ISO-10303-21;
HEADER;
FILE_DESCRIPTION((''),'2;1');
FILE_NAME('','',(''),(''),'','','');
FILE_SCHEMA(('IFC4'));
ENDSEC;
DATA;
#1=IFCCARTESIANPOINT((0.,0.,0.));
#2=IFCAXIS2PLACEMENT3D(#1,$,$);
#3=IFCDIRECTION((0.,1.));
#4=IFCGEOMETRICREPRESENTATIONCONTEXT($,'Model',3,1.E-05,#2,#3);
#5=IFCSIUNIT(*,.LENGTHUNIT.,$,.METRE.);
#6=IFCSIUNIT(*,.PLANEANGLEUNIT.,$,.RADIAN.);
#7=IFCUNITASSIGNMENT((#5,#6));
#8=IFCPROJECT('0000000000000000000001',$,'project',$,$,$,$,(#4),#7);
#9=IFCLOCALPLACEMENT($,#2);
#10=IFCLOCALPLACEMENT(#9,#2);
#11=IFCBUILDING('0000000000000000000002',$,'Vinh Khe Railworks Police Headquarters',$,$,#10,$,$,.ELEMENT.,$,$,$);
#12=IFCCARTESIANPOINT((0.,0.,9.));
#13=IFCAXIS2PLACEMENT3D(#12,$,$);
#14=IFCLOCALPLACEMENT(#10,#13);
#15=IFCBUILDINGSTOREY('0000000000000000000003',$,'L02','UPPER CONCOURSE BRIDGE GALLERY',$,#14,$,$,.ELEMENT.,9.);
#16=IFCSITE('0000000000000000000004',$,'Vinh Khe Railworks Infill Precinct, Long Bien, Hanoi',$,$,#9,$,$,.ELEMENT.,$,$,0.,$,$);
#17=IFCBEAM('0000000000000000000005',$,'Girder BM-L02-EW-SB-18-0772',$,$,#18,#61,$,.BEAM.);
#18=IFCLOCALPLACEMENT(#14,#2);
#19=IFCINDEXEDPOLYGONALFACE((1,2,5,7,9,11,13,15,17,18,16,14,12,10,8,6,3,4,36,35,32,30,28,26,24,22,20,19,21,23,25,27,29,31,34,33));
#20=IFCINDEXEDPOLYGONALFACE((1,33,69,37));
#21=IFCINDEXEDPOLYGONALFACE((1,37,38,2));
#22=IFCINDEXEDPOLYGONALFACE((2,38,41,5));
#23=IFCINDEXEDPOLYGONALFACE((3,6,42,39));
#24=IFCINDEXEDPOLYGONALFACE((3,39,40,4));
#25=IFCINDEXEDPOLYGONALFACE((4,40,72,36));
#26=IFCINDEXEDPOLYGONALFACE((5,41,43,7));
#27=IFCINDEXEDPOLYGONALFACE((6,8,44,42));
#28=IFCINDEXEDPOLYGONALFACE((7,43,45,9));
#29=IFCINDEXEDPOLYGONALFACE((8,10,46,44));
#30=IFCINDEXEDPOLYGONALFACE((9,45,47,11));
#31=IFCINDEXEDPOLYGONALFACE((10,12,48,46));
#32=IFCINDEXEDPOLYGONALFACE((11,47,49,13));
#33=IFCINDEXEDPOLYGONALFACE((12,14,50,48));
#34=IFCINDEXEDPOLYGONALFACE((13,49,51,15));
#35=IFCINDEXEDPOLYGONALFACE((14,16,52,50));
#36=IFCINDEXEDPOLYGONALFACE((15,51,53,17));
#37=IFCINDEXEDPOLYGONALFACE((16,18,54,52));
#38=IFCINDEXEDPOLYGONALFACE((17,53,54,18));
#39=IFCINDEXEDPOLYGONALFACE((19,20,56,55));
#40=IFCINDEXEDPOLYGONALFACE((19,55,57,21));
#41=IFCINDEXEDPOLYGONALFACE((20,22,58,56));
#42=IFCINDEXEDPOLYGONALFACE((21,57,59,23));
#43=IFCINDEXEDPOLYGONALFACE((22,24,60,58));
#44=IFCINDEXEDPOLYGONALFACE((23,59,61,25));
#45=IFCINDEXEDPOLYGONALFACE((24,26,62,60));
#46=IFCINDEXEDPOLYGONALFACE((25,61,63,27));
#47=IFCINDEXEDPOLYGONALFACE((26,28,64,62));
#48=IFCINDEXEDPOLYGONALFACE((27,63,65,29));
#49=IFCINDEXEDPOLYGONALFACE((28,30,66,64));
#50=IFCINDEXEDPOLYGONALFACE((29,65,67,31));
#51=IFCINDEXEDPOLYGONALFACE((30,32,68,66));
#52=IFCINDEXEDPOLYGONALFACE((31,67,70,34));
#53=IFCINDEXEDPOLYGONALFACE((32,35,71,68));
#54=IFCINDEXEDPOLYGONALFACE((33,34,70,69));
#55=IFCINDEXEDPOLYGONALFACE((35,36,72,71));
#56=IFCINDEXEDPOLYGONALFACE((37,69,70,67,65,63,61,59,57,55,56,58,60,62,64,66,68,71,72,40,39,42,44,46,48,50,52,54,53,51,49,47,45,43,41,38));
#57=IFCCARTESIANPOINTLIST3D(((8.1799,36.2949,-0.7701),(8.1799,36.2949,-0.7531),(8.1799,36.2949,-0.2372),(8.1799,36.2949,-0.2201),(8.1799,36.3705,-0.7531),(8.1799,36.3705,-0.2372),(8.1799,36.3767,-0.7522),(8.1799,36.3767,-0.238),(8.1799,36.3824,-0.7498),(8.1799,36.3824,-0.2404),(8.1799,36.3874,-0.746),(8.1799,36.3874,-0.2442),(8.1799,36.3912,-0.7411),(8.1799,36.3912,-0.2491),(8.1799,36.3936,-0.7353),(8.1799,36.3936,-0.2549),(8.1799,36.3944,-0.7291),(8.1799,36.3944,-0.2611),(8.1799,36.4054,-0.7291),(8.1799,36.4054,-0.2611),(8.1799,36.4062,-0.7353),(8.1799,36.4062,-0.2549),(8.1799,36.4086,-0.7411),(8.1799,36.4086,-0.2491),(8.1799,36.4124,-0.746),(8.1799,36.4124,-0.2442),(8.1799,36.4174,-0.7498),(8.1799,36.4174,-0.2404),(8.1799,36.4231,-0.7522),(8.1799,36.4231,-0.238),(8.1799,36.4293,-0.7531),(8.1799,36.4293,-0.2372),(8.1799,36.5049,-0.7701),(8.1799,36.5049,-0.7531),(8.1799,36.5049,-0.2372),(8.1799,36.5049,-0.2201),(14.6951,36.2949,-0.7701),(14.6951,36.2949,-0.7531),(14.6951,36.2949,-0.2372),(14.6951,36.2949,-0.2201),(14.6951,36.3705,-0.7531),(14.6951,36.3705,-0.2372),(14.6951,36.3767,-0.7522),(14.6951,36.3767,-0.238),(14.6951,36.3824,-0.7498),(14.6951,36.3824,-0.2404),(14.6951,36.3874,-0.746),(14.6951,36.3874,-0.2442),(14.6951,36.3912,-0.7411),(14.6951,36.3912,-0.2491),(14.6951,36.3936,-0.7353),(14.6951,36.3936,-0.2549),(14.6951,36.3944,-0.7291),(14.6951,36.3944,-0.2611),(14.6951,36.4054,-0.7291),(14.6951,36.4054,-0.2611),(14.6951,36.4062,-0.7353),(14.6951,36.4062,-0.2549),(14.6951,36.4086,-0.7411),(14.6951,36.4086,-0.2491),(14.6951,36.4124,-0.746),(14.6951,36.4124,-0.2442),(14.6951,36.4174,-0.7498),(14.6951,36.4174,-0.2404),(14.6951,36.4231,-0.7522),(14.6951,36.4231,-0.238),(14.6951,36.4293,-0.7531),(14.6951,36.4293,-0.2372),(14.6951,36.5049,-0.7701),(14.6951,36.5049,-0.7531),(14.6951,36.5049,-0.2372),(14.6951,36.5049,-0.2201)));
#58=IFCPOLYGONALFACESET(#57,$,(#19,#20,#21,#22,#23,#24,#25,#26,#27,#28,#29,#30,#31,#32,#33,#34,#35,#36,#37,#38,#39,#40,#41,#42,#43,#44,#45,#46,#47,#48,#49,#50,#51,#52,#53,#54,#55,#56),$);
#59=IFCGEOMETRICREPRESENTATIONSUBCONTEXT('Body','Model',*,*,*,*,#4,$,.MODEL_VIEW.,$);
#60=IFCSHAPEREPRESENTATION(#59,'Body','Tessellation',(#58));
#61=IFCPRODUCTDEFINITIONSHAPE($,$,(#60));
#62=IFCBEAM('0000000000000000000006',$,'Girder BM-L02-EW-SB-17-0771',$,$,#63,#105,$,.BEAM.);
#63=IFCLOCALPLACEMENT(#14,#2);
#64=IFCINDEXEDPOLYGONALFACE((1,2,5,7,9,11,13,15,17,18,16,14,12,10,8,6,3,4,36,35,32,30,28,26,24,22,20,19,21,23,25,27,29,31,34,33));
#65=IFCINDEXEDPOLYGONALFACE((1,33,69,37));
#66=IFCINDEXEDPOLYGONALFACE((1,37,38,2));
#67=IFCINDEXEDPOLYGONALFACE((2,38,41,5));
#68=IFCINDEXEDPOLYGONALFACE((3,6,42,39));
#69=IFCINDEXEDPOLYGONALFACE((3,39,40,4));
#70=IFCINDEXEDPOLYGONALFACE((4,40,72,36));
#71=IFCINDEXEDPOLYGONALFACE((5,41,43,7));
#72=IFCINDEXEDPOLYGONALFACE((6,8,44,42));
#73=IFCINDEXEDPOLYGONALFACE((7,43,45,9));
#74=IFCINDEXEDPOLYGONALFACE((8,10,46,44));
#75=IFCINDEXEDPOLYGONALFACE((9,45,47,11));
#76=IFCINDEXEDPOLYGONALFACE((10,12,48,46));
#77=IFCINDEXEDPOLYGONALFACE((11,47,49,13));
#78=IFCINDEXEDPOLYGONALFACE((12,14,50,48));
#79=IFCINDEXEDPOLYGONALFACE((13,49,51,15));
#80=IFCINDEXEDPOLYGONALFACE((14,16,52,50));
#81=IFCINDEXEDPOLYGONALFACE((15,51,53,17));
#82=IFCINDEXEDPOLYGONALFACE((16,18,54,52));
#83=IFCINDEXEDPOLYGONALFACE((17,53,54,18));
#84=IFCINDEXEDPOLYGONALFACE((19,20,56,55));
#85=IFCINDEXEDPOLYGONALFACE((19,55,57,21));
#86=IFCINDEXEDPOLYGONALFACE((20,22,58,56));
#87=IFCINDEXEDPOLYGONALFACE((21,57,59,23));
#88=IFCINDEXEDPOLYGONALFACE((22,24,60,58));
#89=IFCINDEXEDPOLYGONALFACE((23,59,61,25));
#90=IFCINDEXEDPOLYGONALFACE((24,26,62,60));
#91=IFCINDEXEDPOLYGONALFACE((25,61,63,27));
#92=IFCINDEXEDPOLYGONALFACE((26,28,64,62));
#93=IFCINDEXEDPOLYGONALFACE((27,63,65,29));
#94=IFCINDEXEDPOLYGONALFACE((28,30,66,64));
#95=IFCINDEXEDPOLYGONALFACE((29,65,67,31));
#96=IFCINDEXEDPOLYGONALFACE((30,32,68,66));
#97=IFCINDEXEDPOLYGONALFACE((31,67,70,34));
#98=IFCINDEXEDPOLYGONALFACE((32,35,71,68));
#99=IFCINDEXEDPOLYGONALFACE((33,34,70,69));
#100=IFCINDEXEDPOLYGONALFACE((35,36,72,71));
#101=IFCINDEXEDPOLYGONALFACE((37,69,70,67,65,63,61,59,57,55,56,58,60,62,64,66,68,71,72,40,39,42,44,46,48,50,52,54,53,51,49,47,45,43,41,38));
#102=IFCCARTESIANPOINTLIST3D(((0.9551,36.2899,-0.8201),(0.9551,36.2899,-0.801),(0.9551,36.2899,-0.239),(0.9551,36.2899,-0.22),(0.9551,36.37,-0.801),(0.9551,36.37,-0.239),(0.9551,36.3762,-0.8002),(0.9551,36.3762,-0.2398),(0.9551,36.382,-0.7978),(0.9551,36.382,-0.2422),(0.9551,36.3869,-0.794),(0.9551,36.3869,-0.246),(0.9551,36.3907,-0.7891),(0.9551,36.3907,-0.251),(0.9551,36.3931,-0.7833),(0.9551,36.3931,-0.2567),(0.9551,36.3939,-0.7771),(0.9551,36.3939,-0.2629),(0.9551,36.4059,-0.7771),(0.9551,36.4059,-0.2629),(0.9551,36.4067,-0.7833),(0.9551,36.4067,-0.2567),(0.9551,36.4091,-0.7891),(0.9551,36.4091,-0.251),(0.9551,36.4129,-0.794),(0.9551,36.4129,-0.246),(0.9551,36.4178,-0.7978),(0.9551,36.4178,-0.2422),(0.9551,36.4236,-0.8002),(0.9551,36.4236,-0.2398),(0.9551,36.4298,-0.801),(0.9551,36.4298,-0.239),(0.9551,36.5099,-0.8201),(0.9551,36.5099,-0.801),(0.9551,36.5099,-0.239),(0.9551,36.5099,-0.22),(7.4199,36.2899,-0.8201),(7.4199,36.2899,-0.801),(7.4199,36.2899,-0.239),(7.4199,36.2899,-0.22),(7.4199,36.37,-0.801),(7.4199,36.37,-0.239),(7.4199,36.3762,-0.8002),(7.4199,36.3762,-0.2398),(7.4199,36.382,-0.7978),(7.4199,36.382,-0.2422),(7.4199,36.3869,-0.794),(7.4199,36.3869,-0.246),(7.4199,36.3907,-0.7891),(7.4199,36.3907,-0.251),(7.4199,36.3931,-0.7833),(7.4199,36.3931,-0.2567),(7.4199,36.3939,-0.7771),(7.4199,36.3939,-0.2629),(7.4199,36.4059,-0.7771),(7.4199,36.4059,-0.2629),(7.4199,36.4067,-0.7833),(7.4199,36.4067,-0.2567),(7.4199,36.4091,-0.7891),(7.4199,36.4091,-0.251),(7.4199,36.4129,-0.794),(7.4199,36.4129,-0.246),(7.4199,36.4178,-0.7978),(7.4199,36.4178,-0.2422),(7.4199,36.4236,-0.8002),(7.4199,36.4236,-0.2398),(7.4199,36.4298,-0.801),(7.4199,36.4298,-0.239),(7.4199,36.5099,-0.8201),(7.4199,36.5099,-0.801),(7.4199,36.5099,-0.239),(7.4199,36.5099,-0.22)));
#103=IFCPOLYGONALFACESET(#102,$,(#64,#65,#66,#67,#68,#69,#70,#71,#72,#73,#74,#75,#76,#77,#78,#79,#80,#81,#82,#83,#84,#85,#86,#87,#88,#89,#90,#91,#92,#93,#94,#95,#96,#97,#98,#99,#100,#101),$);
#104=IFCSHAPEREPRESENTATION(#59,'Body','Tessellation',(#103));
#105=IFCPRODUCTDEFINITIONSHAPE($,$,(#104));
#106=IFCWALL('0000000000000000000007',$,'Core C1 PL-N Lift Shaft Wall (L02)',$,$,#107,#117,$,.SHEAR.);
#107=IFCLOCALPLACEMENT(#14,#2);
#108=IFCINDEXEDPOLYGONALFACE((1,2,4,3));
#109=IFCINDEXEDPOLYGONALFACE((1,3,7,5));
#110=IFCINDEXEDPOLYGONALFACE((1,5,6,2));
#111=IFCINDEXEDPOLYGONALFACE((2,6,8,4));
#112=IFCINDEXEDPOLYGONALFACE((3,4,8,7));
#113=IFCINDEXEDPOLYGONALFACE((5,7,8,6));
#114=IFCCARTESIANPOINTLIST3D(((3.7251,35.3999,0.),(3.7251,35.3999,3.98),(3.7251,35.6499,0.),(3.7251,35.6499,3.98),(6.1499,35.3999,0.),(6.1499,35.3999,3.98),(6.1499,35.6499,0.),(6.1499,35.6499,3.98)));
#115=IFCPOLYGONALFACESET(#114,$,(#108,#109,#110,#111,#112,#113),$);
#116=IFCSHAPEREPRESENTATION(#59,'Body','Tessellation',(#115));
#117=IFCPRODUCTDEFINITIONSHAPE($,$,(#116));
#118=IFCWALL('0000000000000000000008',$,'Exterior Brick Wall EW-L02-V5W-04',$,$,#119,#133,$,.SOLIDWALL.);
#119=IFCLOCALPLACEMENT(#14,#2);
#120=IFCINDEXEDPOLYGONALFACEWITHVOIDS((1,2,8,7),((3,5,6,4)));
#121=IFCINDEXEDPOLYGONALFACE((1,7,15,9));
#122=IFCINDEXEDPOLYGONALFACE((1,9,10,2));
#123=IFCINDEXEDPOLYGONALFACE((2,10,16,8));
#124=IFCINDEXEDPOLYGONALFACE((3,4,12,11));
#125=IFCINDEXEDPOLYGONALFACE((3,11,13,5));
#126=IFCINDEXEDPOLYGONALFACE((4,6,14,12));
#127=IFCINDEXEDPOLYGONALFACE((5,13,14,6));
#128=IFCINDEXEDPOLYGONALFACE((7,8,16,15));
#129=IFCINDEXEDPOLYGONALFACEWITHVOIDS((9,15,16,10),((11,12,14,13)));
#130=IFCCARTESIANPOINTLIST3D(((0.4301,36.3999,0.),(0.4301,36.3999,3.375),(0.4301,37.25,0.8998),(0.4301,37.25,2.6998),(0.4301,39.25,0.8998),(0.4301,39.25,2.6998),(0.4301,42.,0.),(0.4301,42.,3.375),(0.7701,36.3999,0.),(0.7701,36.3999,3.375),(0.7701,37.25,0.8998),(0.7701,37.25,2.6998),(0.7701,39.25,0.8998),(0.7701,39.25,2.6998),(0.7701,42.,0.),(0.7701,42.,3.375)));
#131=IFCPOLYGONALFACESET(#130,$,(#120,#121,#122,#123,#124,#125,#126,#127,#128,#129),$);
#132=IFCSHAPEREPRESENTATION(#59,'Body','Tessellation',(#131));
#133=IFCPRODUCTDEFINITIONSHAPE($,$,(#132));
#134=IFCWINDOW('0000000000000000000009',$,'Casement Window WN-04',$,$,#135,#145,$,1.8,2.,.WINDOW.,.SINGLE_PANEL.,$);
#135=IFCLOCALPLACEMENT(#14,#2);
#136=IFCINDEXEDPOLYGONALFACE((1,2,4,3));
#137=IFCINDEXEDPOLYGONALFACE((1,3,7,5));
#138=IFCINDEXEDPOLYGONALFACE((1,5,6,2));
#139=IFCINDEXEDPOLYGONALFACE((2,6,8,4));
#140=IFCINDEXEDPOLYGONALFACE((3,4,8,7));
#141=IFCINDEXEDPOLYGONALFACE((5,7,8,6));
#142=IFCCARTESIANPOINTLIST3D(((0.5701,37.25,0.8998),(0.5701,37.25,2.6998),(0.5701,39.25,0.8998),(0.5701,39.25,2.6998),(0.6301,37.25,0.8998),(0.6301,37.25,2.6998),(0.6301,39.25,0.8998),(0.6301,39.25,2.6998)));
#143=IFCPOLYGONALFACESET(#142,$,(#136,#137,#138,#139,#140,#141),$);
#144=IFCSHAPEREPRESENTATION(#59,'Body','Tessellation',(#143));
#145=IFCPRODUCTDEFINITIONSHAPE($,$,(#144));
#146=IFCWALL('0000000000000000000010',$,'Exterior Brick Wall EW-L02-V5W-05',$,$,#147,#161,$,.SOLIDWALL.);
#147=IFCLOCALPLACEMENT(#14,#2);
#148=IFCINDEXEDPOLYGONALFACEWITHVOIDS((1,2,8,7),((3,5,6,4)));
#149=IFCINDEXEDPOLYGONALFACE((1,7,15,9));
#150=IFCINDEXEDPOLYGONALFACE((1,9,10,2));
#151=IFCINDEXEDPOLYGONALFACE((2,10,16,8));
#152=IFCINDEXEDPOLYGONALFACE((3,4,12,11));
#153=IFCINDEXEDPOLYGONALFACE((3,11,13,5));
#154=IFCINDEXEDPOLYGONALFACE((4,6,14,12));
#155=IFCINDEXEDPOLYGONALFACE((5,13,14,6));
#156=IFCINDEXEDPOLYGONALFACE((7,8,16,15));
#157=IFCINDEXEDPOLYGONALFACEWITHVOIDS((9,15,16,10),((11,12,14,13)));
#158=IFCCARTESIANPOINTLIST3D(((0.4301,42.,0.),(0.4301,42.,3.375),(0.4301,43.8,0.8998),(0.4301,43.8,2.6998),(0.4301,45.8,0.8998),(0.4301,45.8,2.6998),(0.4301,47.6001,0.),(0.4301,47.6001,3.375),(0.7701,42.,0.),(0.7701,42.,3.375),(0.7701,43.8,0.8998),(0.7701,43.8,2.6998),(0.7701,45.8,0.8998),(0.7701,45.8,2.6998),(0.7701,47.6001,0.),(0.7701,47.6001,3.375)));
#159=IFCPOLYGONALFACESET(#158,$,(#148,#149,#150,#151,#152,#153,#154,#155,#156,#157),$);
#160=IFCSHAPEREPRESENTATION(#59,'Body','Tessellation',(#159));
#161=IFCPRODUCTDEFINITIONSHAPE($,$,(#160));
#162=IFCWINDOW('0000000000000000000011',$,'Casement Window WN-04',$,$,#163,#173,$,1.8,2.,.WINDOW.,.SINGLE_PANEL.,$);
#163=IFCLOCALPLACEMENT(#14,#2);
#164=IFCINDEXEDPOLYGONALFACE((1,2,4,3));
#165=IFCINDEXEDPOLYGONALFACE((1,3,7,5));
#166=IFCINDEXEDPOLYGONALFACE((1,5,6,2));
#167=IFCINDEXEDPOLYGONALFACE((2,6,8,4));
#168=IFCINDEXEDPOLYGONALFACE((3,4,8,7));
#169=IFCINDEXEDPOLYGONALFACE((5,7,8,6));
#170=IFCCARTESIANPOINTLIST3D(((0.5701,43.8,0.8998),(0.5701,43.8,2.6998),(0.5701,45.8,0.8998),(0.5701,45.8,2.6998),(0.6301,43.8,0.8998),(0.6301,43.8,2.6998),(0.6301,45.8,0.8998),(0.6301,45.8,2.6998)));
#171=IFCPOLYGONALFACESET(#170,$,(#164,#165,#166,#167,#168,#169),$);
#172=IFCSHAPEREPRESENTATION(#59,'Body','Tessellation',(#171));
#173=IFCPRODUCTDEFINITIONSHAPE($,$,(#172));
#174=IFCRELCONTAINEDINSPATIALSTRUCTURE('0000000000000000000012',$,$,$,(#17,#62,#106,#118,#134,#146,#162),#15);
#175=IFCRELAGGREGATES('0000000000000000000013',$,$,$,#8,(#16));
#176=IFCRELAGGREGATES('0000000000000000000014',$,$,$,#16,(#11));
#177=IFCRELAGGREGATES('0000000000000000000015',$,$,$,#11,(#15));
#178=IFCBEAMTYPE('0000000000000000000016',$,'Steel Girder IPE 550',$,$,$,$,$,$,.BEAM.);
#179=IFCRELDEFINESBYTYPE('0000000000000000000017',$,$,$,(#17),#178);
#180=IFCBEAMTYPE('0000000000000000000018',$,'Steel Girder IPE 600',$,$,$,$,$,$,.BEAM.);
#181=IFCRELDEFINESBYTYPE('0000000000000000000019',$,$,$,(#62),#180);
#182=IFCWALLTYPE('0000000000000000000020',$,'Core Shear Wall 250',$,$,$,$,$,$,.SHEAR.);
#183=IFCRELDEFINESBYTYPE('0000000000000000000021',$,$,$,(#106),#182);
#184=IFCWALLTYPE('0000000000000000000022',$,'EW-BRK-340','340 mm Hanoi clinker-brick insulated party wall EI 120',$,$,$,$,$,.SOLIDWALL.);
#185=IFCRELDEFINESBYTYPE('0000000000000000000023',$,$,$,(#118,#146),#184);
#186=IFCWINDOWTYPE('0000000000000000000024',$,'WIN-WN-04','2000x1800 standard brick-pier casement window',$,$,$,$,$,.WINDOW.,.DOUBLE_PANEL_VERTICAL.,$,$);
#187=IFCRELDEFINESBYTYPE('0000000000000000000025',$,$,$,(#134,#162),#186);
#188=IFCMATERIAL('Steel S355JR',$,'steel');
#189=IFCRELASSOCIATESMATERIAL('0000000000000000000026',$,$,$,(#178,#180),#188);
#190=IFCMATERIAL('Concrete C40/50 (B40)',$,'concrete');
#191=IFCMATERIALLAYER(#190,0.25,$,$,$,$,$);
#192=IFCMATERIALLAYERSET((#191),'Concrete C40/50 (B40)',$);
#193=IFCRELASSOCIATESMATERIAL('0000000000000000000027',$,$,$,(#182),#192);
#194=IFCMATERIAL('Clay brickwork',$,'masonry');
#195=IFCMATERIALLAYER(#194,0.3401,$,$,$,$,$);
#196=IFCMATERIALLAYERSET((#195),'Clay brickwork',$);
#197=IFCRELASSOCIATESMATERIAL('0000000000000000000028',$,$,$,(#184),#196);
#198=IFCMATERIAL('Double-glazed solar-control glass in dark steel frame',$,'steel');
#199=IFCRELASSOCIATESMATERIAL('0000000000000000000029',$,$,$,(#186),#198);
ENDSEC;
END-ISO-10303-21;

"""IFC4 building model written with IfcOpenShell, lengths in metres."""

from ifc_helpers import new_model, si_unit, direction, frame, frame_2d, origin, origin_2d, place, context, subcontext, project, spatial, rectangle, i_section, extrude, material, layer, layer_set, material_profile, profile_set, type_object, element, fill, save


model = new_model("IFC4")

# Units and contexts
model_context = context("Model", 3, precision=1e-05, world=origin(), true_north=direction((0.0, 1.0)))
body_context = subcontext(model_context, "Body", "Model", "MODEL_VIEW")
ifc_project = project(units=[si_unit("LENGTHUNIT", "METRE"), si_unit("PLANEANGLEUNIT", "RADIAN")], contexts=[model_context])

# Site, building, storey
site_placement = place(None, origin())
site = spatial("IfcSite", under=ifc_project, at=site_placement, Name="Vinh Khe Railworks Infill Precinct, Long Bien, Hanoi", CompositionType="ELEMENT", RefElevation=0.0)
building_placement = place(site_placement, origin())
building = spatial("IfcBuilding", under=site, at=building_placement, Name="Vinh Khe Railworks Police Headquarters", CompositionType="ELEMENT")
storey_placement = place(building_placement, frame((0.0, 0.0, 9.0)))
storey = spatial("IfcBuildingStorey", under=building, at=storey_placement, Name="L02", Description="UPPER CONCOURSE BRIDGE GALLERY", CompositionType="ELEMENT", Elevation=9.0)

# Shared definitions
ifc_material_1 = material(Name="Steel S355JR", Category="steel")

# Beams
ifc_material_profile_1 = material_profile(ifc_material_1, i_section(OverallWidth=0.21, OverallDepth=0.55, WebThickness=0.011, FlangeThickness=0.0171, FilletRadius=0.0239, at=origin_2d()), Name="IPE 550")
ifc_profile_set_1 = profile_set([ifc_material_profile_1], Name="Steel S355JR")
beam_type_1 = type_object("IfcBeamType", Name="Steel Girder IPE 550", PredefinedType="BEAM", material=ifc_profile_set_1)
beam_1_placement = place(storey_placement, frame((8.1799, 36.3999, -0.4951), z_axis=(1.0, 0.0, 0.0), x_axis=(0.0, 1.0, 0.0)))
element("IfcBeam", 1, at=beam_1_placement, inside=storey, type_object=beam_type_1, Name="Girder BM-L02-EW-SB-18-0772", PredefinedType="BEAM", context=body_context, shape_type="SweptSolid", body=[
    extrude(i_section(OverallWidth=0.21, OverallDepth=0.55, WebThickness=0.011, FlangeThickness=0.0171, FilletRadius=0.0239, at=origin_2d()), origin(), (0.0, 0.0, 1.0), 6.5151),
])
ifc_material_profile_2 = material_profile(ifc_material_1, i_section(OverallWidth=0.22, OverallDepth=0.6001, WebThickness=0.012, FlangeThickness=0.019, FilletRadius=0.0239, at=origin_2d()), Name="IPE 600")
ifc_profile_set_2 = profile_set([ifc_material_profile_2], Name="Steel S355JR")
beam_type_2 = type_object("IfcBeamType", Name="Steel Girder IPE 600", PredefinedType="BEAM", material=ifc_profile_set_2)
beam_2_placement = place(storey_placement, frame((0.9551, 36.3999, -0.52), z_axis=(1.0, 0.0, 0.0), x_axis=(0.0, 1.0, 0.0)))
element("IfcBeam", 2, at=beam_2_placement, inside=storey, type_object=beam_type_2, Name="Girder BM-L02-EW-SB-17-0771", PredefinedType="BEAM", context=body_context, shape_type="SweptSolid", body=[
    extrude(i_section(OverallWidth=0.22, OverallDepth=0.6001, WebThickness=0.012, FlangeThickness=0.019, FilletRadius=0.0239, at=origin_2d()), origin(), (0.0, 0.0, 1.0), 6.4648),
])

# Shared definitions
ifc_material_2 = material(Name="Concrete C40/50 (B40)", Category="concrete")
ifc_layer_1 = layer(ifc_material_2, 0.25)
ifc_layer_set_1 = layer_set([ifc_layer_1], Name="Concrete C40/50 (B40)")
wall_type_1 = type_object("IfcWallType", Name="Core Shear Wall 250", PredefinedType="SHEAR", material=ifc_layer_set_1)

# Wall
wall_1_placement = place(storey_placement, frame((3.7251, 35.5249, 0.0), z_axis=(0.0, 0.0, 1.0), x_axis=(1.0, 0.0, 0.0)))
element("IfcWall", 3, at=wall_1_placement, inside=storey, type_object=wall_type_1, Name="Core C1 PL-N Lift Shaft Wall (L02)", PredefinedType="SHEAR", context=body_context, shape_type="SweptSolid", body=[
    extrude(rectangle(XDim=2.4248, YDim=0.25, at=frame_2d((1.2124, 0.0))), origin(), (0.0, 0.0, 1.0), 3.98),
])

# Walls, openings, windows
ifc_material_3 = material(Name="Clay brickwork", Category="masonry")
ifc_layer_2 = layer(ifc_material_3, 0.3401)
ifc_layer_set_2 = layer_set([ifc_layer_2], Name="Clay brickwork")
wall_type_2 = type_object("IfcWallType", Name="EW-BRK-340", Description="340 mm Hanoi clinker-brick insulated party wall EI 120", PredefinedType="SOLIDWALL", material=ifc_layer_set_2)
wall_2_placement = place(storey_placement, frame((0.6001, 36.3999, 0.0), z_axis=(0.0, 0.0, 1.0), x_axis=(0.0, 1.0, 0.0)))
wall_2 = element("IfcWall", 4, at=wall_2_placement, inside=storey, type_object=wall_type_2, Name="Exterior Brick Wall EW-L02-V5W-04", PredefinedType="SOLIDWALL", context=body_context, shape_type="SweptSolid", body=[
    extrude(rectangle(XDim=5.6001, YDim=0.3401, at=frame_2d((2.8, 0.0))), origin(), (0.0, 0.0, 1.0), 3.375),
])
opening_1_placement = place(wall_2_placement, frame((0.8501, 0.0, 0.8999)))
opening_1 = element("IfcOpeningElement", 5, at=opening_1_placement, cuts=wall_2, PredefinedType="OPENING", context=body_context, shape_type="SweptSolid", body=[
    extrude(rectangle(XDim=2.0, YDim=1.8, at=frame_2d((1.0, 0.8999))), frame((0.0, 0.1851, 0.0), z_axis=(0.0, -1.0, 0.0), x_axis=(1.0, 0.0, 0.0)), (0.0, 0.0, 1.0), 0.3699),
])
ifc_material_4 = material(Name="Double-glazed solar-control glass in dark steel frame", Category="steel")
window_type_1 = type_object("IfcWindowType", Name="WIN-WN-04", Description="2000x1800 standard brick-pier casement window", PartitioningType="DOUBLE_PANEL_VERTICAL", PredefinedType="WINDOW", material=ifc_material_4)
window_1_placement = place(opening_1_placement, origin())
window_1 = element("IfcWindow", 6, at=window_1_placement, inside=storey, type_object=window_type_1, Name="Casement Window WN-04", OverallHeight=1.8, OverallWidth=2.0, PartitioningType="SINGLE_PANEL", PredefinedType="WINDOW", context=body_context, shape_type="SweptSolid", body=[
    extrude(rectangle(XDim=2.0, YDim=1.8, at=frame_2d((1.0, 0.8999))), frame((0.0, 0.03, 0.0), z_axis=(0.0, -1.0, 0.0), x_axis=(1.0, 0.0, 0.0)), (0.0, 0.0, 1.0), 0.0601),
])
fill(opening_1, window_1)
wall_3_placement = place(storey_placement, frame((0.6001, 42.0, 0.0), z_axis=(0.0, 0.0, 1.0), x_axis=(0.0, 1.0, 0.0)))
wall_3 = element("IfcWall", 7, at=wall_3_placement, inside=storey, type_object=wall_type_2, Name="Exterior Brick Wall EW-L02-V5W-05", PredefinedType="SOLIDWALL", context=body_context, shape_type="SweptSolid", body=[
    extrude(rectangle(XDim=5.6001, YDim=0.3401, at=frame_2d((2.8, 0.0))), origin(), (0.0, 0.0, 1.0), 3.375),
])
opening_2_placement = place(wall_3_placement, frame((1.8, 0.0, 0.8999)))
opening_2 = element("IfcOpeningElement", 8, at=opening_2_placement, cuts=wall_3, PredefinedType="OPENING", context=body_context, shape_type="SweptSolid", body=[
    extrude(rectangle(XDim=2.0, YDim=1.8, at=frame_2d((1.0, 0.8999))), frame((0.0, 0.1851, 0.0), z_axis=(0.0, -1.0, 0.0), x_axis=(1.0, 0.0, 0.0)), (0.0, 0.0, 1.0), 0.3699),
])
window_2_placement = place(opening_2_placement, origin())
window_2 = element("IfcWindow", 9, at=window_2_placement, inside=storey, type_object=window_type_1, Name="Casement Window WN-04", OverallHeight=1.8, OverallWidth=2.0, PartitioningType="SINGLE_PANEL", PredefinedType="WINDOW", context=body_context, shape_type="SweptSolid", body=[
    extrude(rectangle(XDim=2.0, YDim=1.8, at=frame_2d((1.0, 0.8999))), frame((0.0, 0.03, 0.0), z_axis=(0.0, -1.0, 0.0), x_axis=(1.0, 0.0, 0.0)), (0.0, 0.0, 1.0), 0.0601),
])
fill(opening_2, window_2)

save(model, "model.ifc")
